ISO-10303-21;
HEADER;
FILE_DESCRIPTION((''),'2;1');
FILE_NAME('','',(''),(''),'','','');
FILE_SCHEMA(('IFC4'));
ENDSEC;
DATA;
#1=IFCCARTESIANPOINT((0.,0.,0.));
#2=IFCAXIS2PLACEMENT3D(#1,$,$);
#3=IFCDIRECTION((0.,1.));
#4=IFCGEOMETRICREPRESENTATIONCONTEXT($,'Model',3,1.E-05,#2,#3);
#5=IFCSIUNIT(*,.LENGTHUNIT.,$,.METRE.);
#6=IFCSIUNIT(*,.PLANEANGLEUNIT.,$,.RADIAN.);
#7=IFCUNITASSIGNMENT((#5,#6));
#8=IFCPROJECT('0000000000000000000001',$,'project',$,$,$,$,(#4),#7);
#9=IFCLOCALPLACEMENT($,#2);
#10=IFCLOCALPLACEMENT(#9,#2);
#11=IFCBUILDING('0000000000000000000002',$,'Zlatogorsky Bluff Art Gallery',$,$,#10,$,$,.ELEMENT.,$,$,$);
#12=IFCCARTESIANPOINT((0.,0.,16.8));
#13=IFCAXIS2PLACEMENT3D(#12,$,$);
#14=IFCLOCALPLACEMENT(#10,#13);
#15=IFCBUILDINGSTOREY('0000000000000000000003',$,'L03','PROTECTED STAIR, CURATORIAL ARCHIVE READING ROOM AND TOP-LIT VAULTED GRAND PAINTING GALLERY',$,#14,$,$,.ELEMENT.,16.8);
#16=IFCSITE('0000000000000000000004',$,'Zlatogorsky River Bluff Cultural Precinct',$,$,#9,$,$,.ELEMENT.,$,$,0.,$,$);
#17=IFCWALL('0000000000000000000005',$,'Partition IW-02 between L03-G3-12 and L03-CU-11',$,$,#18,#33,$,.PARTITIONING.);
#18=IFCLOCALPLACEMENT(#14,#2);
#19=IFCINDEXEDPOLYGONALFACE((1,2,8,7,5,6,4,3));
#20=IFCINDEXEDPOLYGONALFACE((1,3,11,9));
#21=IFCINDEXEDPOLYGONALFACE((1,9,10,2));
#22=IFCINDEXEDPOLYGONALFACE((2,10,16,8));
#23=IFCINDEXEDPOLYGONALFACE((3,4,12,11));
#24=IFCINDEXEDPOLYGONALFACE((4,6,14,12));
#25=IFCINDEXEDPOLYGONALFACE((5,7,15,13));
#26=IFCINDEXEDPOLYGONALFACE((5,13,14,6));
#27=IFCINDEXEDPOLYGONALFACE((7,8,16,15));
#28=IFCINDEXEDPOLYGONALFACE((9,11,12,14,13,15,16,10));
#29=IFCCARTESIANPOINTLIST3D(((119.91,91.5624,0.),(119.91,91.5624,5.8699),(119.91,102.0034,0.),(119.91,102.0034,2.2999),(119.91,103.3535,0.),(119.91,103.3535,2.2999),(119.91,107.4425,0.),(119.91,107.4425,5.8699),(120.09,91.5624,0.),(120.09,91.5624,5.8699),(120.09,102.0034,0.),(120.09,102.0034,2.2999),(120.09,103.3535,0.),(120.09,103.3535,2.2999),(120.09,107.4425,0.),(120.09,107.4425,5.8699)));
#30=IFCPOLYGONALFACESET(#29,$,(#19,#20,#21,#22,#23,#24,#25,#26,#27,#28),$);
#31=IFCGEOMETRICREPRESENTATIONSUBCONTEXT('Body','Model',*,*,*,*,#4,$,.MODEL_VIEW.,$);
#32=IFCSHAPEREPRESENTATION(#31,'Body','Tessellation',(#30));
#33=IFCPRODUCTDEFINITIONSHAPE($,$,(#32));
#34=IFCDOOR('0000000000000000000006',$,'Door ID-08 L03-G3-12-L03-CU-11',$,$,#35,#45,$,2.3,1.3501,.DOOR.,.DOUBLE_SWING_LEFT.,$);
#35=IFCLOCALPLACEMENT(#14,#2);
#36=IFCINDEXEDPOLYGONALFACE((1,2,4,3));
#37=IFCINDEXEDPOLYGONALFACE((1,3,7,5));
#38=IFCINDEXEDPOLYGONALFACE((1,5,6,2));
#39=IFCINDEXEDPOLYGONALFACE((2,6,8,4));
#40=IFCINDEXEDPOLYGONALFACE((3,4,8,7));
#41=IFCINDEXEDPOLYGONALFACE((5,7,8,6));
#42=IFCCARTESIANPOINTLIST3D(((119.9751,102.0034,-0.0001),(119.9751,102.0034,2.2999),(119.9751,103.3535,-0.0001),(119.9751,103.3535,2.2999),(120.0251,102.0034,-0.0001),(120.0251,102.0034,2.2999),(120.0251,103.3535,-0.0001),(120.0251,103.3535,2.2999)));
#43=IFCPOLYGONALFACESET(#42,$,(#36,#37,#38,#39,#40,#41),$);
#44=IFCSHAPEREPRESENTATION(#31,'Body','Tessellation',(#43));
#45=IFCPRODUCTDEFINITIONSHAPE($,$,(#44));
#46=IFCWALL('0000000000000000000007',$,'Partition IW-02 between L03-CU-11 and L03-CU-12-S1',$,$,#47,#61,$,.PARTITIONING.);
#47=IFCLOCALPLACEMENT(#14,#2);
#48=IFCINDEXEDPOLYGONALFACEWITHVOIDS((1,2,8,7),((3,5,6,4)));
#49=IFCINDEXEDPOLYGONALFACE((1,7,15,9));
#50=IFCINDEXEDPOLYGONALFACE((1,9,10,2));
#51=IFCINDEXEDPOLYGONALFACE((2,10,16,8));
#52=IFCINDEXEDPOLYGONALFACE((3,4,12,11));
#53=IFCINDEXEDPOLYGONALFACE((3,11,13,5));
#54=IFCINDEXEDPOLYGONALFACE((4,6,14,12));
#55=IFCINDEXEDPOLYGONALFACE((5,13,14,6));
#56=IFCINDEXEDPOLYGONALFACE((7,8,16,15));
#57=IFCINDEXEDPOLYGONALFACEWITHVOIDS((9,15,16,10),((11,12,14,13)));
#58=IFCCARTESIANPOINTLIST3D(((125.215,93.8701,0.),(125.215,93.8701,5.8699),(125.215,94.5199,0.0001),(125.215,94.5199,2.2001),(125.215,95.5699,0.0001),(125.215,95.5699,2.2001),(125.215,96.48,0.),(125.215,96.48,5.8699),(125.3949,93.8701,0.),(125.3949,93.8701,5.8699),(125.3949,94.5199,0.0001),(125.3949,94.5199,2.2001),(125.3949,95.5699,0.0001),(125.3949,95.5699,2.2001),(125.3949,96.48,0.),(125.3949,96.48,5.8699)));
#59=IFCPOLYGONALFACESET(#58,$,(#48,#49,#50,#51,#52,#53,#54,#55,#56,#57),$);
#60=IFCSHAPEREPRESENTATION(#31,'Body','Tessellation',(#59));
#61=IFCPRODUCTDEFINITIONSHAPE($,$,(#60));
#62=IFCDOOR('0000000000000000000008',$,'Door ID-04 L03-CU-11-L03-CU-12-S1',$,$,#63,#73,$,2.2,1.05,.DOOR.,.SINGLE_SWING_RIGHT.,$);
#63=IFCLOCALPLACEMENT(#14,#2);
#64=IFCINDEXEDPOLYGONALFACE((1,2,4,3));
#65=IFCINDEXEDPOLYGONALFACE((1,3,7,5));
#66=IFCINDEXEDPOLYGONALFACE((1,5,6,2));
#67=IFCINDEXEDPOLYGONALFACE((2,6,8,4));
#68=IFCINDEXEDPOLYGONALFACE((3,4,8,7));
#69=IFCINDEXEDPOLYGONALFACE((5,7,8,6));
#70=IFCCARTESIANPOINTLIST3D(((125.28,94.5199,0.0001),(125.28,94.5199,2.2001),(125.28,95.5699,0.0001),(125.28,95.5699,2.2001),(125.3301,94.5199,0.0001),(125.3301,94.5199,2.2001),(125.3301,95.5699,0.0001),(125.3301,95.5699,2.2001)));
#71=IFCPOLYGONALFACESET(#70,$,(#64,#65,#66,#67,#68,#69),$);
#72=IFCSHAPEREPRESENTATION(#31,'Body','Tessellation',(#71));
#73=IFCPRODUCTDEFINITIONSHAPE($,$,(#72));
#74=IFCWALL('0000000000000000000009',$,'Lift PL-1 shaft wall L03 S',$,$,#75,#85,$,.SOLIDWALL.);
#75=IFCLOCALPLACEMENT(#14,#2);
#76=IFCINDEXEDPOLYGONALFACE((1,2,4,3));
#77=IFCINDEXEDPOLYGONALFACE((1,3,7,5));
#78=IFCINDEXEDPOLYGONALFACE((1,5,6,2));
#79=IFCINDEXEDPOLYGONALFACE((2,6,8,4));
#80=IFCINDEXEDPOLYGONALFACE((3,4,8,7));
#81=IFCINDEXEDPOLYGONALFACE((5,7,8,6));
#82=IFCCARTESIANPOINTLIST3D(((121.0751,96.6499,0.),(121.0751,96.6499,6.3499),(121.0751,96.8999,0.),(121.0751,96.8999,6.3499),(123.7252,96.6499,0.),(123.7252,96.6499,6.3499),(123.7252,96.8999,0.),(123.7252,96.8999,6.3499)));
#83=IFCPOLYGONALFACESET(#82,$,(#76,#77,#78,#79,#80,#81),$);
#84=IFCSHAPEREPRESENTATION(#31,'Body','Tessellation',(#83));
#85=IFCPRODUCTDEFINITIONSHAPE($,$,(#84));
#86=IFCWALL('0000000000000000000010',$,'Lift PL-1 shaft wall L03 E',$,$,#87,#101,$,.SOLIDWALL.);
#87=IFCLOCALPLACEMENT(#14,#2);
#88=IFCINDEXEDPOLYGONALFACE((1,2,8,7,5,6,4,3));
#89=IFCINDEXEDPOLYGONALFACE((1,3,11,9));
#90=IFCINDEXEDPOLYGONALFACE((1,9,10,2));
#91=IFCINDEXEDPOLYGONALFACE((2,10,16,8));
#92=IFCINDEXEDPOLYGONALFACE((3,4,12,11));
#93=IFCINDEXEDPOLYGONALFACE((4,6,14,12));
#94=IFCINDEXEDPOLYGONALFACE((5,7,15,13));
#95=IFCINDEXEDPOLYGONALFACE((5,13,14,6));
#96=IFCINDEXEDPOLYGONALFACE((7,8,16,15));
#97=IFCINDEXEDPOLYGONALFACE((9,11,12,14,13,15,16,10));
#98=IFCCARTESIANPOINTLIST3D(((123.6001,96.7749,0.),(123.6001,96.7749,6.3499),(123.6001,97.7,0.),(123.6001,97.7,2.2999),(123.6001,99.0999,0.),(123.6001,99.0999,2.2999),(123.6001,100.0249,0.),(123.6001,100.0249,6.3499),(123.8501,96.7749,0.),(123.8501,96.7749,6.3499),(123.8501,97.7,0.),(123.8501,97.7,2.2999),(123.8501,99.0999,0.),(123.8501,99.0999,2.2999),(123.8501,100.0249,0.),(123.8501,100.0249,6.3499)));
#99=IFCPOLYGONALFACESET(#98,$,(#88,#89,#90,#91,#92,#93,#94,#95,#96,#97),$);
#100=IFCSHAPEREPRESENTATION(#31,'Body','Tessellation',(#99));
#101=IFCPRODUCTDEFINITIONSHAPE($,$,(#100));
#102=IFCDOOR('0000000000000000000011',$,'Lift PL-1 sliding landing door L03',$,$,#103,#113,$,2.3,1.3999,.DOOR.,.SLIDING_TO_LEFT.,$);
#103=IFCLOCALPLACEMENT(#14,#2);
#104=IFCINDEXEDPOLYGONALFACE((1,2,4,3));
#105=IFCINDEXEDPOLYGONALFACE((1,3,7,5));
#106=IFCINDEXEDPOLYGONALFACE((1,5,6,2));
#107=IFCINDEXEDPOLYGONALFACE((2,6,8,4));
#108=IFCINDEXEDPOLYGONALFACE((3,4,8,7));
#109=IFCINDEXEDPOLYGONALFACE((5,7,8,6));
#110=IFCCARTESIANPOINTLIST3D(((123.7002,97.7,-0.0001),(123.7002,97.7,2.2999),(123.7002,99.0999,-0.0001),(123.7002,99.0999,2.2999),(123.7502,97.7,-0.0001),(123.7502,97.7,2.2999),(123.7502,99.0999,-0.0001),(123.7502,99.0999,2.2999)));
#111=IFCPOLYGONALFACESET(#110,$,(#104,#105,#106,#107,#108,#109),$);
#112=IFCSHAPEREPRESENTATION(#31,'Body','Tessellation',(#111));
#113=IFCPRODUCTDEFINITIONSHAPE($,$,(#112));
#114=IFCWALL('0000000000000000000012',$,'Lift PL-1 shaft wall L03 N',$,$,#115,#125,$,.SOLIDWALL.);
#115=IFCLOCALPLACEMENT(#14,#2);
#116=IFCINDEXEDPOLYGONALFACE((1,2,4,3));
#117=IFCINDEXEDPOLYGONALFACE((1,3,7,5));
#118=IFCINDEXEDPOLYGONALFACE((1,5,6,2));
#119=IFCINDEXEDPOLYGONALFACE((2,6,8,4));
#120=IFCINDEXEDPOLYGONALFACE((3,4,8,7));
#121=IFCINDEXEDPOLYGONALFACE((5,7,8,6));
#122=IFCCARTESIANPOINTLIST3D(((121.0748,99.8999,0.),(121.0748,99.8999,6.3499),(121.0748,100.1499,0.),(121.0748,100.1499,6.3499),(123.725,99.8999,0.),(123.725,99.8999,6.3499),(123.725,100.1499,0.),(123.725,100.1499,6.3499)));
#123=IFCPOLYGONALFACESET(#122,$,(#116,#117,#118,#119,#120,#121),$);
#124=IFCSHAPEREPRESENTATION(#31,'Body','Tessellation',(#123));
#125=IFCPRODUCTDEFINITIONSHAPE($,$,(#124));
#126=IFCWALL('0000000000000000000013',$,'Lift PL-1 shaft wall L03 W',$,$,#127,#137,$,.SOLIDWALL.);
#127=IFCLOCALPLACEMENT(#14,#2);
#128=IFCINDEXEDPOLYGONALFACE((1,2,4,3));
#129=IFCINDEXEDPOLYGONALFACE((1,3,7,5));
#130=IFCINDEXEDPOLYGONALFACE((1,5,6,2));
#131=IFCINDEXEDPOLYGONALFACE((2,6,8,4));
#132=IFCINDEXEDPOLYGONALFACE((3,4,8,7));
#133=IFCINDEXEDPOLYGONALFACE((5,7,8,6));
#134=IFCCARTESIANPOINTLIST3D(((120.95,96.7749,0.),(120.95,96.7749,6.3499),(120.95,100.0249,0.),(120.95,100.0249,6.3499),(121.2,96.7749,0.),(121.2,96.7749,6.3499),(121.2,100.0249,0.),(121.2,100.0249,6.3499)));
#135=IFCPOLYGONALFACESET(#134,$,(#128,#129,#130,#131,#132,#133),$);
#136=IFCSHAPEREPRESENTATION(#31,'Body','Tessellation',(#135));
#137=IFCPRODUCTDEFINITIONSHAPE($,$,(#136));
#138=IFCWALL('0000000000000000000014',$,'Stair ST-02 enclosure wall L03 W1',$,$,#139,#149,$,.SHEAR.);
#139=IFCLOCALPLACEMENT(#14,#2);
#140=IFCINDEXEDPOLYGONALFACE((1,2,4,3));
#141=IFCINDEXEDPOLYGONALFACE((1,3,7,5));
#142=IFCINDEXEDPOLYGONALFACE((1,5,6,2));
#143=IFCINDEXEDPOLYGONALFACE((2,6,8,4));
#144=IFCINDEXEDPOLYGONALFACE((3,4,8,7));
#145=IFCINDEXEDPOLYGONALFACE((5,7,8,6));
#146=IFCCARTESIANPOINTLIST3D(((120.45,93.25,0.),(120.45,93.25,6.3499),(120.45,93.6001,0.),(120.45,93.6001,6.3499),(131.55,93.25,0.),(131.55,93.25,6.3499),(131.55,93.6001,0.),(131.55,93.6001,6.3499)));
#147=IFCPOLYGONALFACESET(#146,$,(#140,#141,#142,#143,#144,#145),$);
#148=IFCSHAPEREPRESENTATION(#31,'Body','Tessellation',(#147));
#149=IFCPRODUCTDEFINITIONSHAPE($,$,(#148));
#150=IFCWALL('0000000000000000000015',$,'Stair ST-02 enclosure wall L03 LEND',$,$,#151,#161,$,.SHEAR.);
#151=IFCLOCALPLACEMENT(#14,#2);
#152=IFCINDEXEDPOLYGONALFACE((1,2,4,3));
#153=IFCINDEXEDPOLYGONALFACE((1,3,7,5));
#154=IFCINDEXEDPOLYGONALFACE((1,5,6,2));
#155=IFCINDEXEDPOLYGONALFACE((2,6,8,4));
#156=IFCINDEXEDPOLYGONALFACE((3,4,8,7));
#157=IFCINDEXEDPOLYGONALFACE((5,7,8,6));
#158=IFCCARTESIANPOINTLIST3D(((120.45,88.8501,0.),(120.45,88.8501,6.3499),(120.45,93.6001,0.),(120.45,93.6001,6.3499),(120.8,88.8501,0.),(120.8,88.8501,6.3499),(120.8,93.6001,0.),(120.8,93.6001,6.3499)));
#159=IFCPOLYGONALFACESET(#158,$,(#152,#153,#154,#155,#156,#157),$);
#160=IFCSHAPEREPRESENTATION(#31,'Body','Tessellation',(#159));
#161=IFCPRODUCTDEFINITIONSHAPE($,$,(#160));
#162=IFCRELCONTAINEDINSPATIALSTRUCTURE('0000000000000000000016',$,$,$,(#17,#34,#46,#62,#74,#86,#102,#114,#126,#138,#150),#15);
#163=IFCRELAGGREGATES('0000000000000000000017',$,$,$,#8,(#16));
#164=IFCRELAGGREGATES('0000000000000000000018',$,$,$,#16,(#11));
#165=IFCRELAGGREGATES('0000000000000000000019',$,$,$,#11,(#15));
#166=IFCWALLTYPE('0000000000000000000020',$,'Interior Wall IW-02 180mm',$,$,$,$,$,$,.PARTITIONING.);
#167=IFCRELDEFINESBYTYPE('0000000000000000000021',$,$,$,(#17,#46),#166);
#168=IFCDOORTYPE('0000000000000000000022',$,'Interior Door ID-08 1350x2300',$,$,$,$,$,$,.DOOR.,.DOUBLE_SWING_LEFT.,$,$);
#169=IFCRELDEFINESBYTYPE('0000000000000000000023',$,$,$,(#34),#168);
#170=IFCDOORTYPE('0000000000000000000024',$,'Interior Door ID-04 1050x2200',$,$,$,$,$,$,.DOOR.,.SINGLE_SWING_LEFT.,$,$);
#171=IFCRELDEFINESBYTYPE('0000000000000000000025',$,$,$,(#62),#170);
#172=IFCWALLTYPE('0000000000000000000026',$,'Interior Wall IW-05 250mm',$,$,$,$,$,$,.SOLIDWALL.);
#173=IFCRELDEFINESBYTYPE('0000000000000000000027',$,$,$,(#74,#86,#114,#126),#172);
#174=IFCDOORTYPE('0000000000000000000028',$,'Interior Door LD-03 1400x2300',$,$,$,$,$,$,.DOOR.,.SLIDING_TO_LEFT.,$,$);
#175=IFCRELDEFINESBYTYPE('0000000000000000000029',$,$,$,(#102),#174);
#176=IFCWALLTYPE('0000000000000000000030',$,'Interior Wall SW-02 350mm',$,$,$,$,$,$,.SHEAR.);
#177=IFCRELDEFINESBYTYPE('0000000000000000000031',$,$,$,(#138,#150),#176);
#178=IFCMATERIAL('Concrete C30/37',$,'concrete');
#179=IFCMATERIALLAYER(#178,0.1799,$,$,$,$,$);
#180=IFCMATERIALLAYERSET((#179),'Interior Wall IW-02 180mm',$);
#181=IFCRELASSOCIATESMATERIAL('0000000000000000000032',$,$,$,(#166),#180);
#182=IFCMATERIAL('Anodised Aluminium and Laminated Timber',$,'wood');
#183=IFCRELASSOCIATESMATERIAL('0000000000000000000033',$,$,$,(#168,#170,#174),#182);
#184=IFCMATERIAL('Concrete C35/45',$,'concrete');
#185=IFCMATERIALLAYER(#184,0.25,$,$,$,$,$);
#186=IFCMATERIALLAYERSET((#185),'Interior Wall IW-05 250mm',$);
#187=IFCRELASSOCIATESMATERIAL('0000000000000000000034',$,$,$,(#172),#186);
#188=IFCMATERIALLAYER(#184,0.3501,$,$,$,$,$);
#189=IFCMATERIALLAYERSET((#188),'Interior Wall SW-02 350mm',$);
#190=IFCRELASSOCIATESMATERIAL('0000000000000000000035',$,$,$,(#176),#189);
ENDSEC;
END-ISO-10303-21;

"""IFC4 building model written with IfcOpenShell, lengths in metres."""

from ifc_helpers import new_model, si_unit, direction, frame, frame_2d, origin, place, context, subcontext, project, spatial, rectangle, extrude, material, layer, layer_set, type_object, element, fill, save


model = new_model("IFC4")

# Units and contexts
model_context = context("Model", 3, precision=1e-05, world=origin(), true_north=direction((0.0, 1.0)))
body_context = subcontext(model_context, "Body", "Model", "MODEL_VIEW")
ifc_project = project(units=[si_unit("LENGTHUNIT", "METRE"), si_unit("PLANEANGLEUNIT", "RADIAN")], contexts=[model_context])

# Site, building, storey
site_placement = place(None, origin())
site = spatial("IfcSite", under=ifc_project, at=site_placement, Name="Zlatogorsky River Bluff Cultural Precinct", CompositionType="ELEMENT", RefElevation=0.0)
building_placement = place(site_placement, origin())
building = spatial("IfcBuilding", under=site, at=building_placement, Name="Zlatogorsky Bluff Art Gallery", CompositionType="ELEMENT")
storey_placement = place(building_placement, frame((0.0, 0.0, 16.8)))
storey = spatial("IfcBuildingStorey", under=building, at=storey_placement, Name="L03", Description="PROTECTED STAIR, CURATORIAL ARCHIVE READING ROOM AND TOP-LIT VAULTED GRAND PAINTING GALLERY", CompositionType="ELEMENT", Elevation=16.8)

# Walls, openings, doors
ifc_material_1 = material(Name="Concrete C30/37", Category="concrete")
ifc_layer_1 = layer(ifc_material_1, 0.1799)
ifc_layer_set_1 = layer_set([ifc_layer_1], Name="Interior Wall IW-02 180mm")
wall_type_1 = type_object("IfcWallType", Name="Interior Wall IW-02 180mm", PredefinedType="PARTITIONING", material=ifc_layer_set_1)
wall_1_placement = place(storey_placement, frame((120.0, 91.5625, 0.0), z_axis=(0.0, 0.0, 1.0), x_axis=(0.0, 1.0, 0.0)))
wall_1 = element("IfcWall", 1, at=wall_1_placement, inside=storey, type_object=wall_type_1, Name="Partition IW-02 between L03-G3-12 and L03-CU-11", PredefinedType="PARTITIONING", context=body_context, shape_type="SweptSolid", body=[
    extrude(rectangle(XDim=15.8801, YDim=0.1799, at=frame_2d((7.9399, 0.0))), origin(), (0.0, 0.0, 1.0), 5.8699),
])
opening_1_placement = place(wall_1_placement, frame((10.4409, 0.0, 0.0)))
opening_1 = element("IfcOpeningElement", 2, at=opening_1_placement, cuts=wall_1, PredefinedType="OPENING", context=body_context, shape_type="SweptSolid", body=[
    extrude(rectangle(XDim=1.3501, YDim=2.3, at=frame_2d((0.675, 1.1499))), frame((0.0, 0.0999, 0.0), z_axis=(0.0, -1.0, 0.0), x_axis=(1.0, 0.0, 0.0)), (0.0, 0.0, 1.0), 0.2),
])
ifc_material_2 = material(Name="Anodised Aluminium and Laminated Timber", Category="wood")
door_type_1 = type_object("IfcDoorType", Name="Interior Door ID-08 1350x2300", OperationType="DOUBLE_SWING_LEFT", PredefinedType="DOOR", material=ifc_material_2)
door_1_placement = place(opening_1_placement, origin())
door_1 = element("IfcDoor", 3, at=door_1_placement, inside=storey, type_object=door_type_1, Name="Door ID-08 L03-G3-12-L03-CU-11", OperationType="DOUBLE_SWING_LEFT", OverallHeight=2.3, OverallWidth=1.3501, PredefinedType="DOOR", context=body_context, shape_type="SweptSolid", body=[
    extrude(rectangle(XDim=1.3501, YDim=2.3, at=frame_2d((0.675, 1.1499))), frame((0.0, 0.0249, 0.0), z_axis=(0.0, -1.0, 0.0), x_axis=(1.0, 0.0, 0.0)), (0.0, 0.0, 1.0), 0.05),
])
fill(opening_1, door_1)
wall_2_placement = place(storey_placement, frame((125.3049, 93.8701, 0.0), z_axis=(0.0, 0.0, 1.0), x_axis=(0.0, 1.0, 0.0)))
wall_2 = element("IfcWall", 4, at=wall_2_placement, inside=storey, type_object=wall_type_1, Name="Partition IW-02 between L03-CU-11 and L03-CU-12-S1", PredefinedType="PARTITIONING", context=body_context, shape_type="SweptSolid", body=[
    extrude(rectangle(XDim=2.6099, YDim=0.1799, at=frame_2d((1.3049, 0.0))), origin(), (0.0, 0.0, 1.0), 5.8699),
])
opening_2_placement = place(wall_2_placement, frame((0.6499, 0.0, 0.0)))
opening_2 = element("IfcOpeningElement", 5, at=opening_2_placement, cuts=wall_2, PredefinedType="OPENING", context=body_context, shape_type="SweptSolid", body=[
    extrude(rectangle(XDim=1.05, YDim=2.2, at=frame_2d((0.5249, 1.1001))), frame((0.0, 0.0999, 0.0), z_axis=(0.0, -1.0, 0.0), x_axis=(1.0, 0.0, 0.0)), (0.0, 0.0, 1.0), 0.2),
])
door_type_2 = type_object("IfcDoorType", Name="Interior Door ID-04 1050x2200", OperationType="SINGLE_SWING_LEFT", PredefinedType="DOOR", material=ifc_material_2)
door_2_placement = place(opening_2_placement, origin())
door_2 = element("IfcDoor", 6, at=door_2_placement, inside=storey, type_object=door_type_2, Name="Door ID-04 L03-CU-11-L03-CU-12-S1", OperationType="SINGLE_SWING_RIGHT", OverallHeight=2.2, OverallWidth=1.05, PredefinedType="DOOR", context=body_context, shape_type="SweptSolid", body=[
    extrude(rectangle(XDim=1.05, YDim=2.2, at=frame_2d((0.5249, 1.1001))), frame((0.0, 0.0249, 0.0), z_axis=(0.0, -1.0, 0.0), x_axis=(1.0, 0.0, 0.0)), (0.0, 0.0, 1.0), 0.05),
])
fill(opening_2, door_2)

# Wall
ifc_material_3 = material(Name="Concrete C35/45", Category="concrete")
ifc_layer_2 = layer(ifc_material_3, 0.25)
ifc_layer_set_2 = layer_set([ifc_layer_2], Name="Interior Wall IW-05 250mm")
wall_type_2 = type_object("IfcWallType", Name="Interior Wall IW-05 250mm", PredefinedType="SOLIDWALL", material=ifc_layer_set_2)
wall_3_placement = place(storey_placement, frame((121.075, 96.7749, 0.0), z_axis=(0.0, 0.0, 1.0), x_axis=(1.0, 0.0, 0.0)))
element("IfcWall", 7, at=wall_3_placement, inside=storey, type_object=wall_type_2, Name="Lift PL-1 shaft wall L03 S", PredefinedType="SOLIDWALL", context=body_context, shape_type="SweptSolid", body=[
    extrude(rectangle(XDim=2.6501, YDim=0.25, at=frame_2d((1.3252, 0.0))), origin(), (0.0, 0.0, 1.0), 6.3499),
])

# Wall, opening, door
wall_4_placement = place(storey_placement, frame((123.7251, 96.7749, 0.0), z_axis=(0.0, 0.0, 1.0), x_axis=(0.0, 1.0, 0.0)))
wall_4 = element("IfcWall", 8, at=wall_4_placement, inside=storey, type_object=wall_type_2, Name="Lift PL-1 shaft wall L03 E", PredefinedType="SOLIDWALL", context=body_context, shape_type="SweptSolid", body=[
    extrude(rectangle(XDim=3.25, YDim=0.25, at=frame_2d((1.625, 0.0))), origin(), (0.0, 0.0, 1.0), 6.3499),
])
opening_3_placement = place(wall_4_placement, frame((0.925, 0.0, 0.0)))
opening_3 = element("IfcOpeningElement", 9, at=opening_3_placement, cuts=wall_4, PredefinedType="OPENING", context=body_context, shape_type="SweptSolid", body=[
    extrude(rectangle(XDim=1.3999, YDim=2.3, at=frame_2d((0.7, 1.1499))), frame((0.0, 0.135, 0.0), z_axis=(0.0, -1.0, 0.0), x_axis=(1.0, 0.0, 0.0)), (0.0, 0.0, 1.0), 0.27),
])
door_type_3 = type_object("IfcDoorType", Name="Interior Door LD-03 1400x2300", OperationType="SLIDING_TO_LEFT", PredefinedType="DOOR", material=ifc_material_2)
door_3_placement = place(opening_3_placement, origin())
door_3 = element("IfcDoor", 10, at=door_3_placement, inside=storey, type_object=door_type_3, Name="Lift PL-1 sliding landing door L03", OperationType="SLIDING_TO_LEFT", OverallHeight=2.3, OverallWidth=1.3999, PredefinedType="DOOR", context=body_context, shape_type="SweptSolid", body=[
    extrude(rectangle(XDim=1.3999, YDim=2.3, at=frame_2d((0.7, 1.1499))), frame((0.0, 0.0249, 0.0), z_axis=(0.0, -1.0, 0.0), x_axis=(1.0, 0.0, 0.0)), (0.0, 0.0, 1.0), 0.05),
])
fill(opening_3, door_3)

# Walls
wall_5_placement = place(storey_placement, frame((123.7251, 100.0249, 0.0), z_axis=(0.0, 0.0, 1.0), x_axis=(-1.0, 0.0, 0.0)))
element("IfcWall", 11, at=wall_5_placement, inside=storey, type_object=wall_type_2, Name="Lift PL-1 shaft wall L03 N", PredefinedType="SOLIDWALL", context=body_context, shape_type="SweptSolid", body=[
    extrude(rectangle(XDim=2.6501, YDim=0.25, at=frame_2d((1.3252, 0.0))), origin(), (0.0, 0.0, 1.0), 6.3499),
])
wall_6_placement = place(storey_placement, frame((121.075, 100.0249, 0.0), z_axis=(0.0, 0.0, 1.0), x_axis=(0.0, -1.0, 0.0)))
element("IfcWall", 12, at=wall_6_placement, inside=storey, type_object=wall_type_2, Name="Lift PL-1 shaft wall L03 W", PredefinedType="SOLIDWALL", context=body_context, shape_type="SweptSolid", body=[
    extrude(rectangle(XDim=3.25, YDim=0.25, at=frame_2d((1.625, 0.0))), origin(), (0.0, 0.0, 1.0), 6.3499),
])
ifc_layer_3 = layer(ifc_material_3, 0.3501)
ifc_layer_set_3 = layer_set([ifc_layer_3], Name="Interior Wall SW-02 350mm")
wall_type_3 = type_object("IfcWallType", Name="Interior Wall SW-02 350mm", PredefinedType="SHEAR", material=ifc_layer_set_3)
wall_7_placement = place(storey_placement, frame((131.55, 93.425, 0.0), z_axis=(0.0, 0.0, 1.0), x_axis=(-1.0, 0.0, 0.0)))
element("IfcWall", 13, at=wall_7_placement, inside=storey, type_object=wall_type_3, Name="Stair ST-02 enclosure wall L03 W1", PredefinedType="SHEAR", context=body_context, shape_type="SweptSolid", body=[
    extrude(rectangle(XDim=11.1001, YDim=0.3501, at=frame_2d((5.55, 0.0))), origin(), (0.0, 0.0, 1.0), 6.3499),
])
wall_8_placement = place(storey_placement, frame((120.625, 93.6001, 0.0), z_axis=(0.0, 0.0, 1.0), x_axis=(0.0, -1.0, 0.0)))
element("IfcWall", 14, at=wall_8_placement, inside=storey, type_object=wall_type_3, Name="Stair ST-02 enclosure wall L03 LEND", PredefinedType="SHEAR", context=body_context, shape_type="SweptSolid", body=[
    extrude(rectangle(XDim=4.75, YDim=0.3501, at=frame_2d((2.375, 0.0))), origin(), (0.0, 0.0, 1.0), 6.3499),
])

save(model, "model.ifc")
